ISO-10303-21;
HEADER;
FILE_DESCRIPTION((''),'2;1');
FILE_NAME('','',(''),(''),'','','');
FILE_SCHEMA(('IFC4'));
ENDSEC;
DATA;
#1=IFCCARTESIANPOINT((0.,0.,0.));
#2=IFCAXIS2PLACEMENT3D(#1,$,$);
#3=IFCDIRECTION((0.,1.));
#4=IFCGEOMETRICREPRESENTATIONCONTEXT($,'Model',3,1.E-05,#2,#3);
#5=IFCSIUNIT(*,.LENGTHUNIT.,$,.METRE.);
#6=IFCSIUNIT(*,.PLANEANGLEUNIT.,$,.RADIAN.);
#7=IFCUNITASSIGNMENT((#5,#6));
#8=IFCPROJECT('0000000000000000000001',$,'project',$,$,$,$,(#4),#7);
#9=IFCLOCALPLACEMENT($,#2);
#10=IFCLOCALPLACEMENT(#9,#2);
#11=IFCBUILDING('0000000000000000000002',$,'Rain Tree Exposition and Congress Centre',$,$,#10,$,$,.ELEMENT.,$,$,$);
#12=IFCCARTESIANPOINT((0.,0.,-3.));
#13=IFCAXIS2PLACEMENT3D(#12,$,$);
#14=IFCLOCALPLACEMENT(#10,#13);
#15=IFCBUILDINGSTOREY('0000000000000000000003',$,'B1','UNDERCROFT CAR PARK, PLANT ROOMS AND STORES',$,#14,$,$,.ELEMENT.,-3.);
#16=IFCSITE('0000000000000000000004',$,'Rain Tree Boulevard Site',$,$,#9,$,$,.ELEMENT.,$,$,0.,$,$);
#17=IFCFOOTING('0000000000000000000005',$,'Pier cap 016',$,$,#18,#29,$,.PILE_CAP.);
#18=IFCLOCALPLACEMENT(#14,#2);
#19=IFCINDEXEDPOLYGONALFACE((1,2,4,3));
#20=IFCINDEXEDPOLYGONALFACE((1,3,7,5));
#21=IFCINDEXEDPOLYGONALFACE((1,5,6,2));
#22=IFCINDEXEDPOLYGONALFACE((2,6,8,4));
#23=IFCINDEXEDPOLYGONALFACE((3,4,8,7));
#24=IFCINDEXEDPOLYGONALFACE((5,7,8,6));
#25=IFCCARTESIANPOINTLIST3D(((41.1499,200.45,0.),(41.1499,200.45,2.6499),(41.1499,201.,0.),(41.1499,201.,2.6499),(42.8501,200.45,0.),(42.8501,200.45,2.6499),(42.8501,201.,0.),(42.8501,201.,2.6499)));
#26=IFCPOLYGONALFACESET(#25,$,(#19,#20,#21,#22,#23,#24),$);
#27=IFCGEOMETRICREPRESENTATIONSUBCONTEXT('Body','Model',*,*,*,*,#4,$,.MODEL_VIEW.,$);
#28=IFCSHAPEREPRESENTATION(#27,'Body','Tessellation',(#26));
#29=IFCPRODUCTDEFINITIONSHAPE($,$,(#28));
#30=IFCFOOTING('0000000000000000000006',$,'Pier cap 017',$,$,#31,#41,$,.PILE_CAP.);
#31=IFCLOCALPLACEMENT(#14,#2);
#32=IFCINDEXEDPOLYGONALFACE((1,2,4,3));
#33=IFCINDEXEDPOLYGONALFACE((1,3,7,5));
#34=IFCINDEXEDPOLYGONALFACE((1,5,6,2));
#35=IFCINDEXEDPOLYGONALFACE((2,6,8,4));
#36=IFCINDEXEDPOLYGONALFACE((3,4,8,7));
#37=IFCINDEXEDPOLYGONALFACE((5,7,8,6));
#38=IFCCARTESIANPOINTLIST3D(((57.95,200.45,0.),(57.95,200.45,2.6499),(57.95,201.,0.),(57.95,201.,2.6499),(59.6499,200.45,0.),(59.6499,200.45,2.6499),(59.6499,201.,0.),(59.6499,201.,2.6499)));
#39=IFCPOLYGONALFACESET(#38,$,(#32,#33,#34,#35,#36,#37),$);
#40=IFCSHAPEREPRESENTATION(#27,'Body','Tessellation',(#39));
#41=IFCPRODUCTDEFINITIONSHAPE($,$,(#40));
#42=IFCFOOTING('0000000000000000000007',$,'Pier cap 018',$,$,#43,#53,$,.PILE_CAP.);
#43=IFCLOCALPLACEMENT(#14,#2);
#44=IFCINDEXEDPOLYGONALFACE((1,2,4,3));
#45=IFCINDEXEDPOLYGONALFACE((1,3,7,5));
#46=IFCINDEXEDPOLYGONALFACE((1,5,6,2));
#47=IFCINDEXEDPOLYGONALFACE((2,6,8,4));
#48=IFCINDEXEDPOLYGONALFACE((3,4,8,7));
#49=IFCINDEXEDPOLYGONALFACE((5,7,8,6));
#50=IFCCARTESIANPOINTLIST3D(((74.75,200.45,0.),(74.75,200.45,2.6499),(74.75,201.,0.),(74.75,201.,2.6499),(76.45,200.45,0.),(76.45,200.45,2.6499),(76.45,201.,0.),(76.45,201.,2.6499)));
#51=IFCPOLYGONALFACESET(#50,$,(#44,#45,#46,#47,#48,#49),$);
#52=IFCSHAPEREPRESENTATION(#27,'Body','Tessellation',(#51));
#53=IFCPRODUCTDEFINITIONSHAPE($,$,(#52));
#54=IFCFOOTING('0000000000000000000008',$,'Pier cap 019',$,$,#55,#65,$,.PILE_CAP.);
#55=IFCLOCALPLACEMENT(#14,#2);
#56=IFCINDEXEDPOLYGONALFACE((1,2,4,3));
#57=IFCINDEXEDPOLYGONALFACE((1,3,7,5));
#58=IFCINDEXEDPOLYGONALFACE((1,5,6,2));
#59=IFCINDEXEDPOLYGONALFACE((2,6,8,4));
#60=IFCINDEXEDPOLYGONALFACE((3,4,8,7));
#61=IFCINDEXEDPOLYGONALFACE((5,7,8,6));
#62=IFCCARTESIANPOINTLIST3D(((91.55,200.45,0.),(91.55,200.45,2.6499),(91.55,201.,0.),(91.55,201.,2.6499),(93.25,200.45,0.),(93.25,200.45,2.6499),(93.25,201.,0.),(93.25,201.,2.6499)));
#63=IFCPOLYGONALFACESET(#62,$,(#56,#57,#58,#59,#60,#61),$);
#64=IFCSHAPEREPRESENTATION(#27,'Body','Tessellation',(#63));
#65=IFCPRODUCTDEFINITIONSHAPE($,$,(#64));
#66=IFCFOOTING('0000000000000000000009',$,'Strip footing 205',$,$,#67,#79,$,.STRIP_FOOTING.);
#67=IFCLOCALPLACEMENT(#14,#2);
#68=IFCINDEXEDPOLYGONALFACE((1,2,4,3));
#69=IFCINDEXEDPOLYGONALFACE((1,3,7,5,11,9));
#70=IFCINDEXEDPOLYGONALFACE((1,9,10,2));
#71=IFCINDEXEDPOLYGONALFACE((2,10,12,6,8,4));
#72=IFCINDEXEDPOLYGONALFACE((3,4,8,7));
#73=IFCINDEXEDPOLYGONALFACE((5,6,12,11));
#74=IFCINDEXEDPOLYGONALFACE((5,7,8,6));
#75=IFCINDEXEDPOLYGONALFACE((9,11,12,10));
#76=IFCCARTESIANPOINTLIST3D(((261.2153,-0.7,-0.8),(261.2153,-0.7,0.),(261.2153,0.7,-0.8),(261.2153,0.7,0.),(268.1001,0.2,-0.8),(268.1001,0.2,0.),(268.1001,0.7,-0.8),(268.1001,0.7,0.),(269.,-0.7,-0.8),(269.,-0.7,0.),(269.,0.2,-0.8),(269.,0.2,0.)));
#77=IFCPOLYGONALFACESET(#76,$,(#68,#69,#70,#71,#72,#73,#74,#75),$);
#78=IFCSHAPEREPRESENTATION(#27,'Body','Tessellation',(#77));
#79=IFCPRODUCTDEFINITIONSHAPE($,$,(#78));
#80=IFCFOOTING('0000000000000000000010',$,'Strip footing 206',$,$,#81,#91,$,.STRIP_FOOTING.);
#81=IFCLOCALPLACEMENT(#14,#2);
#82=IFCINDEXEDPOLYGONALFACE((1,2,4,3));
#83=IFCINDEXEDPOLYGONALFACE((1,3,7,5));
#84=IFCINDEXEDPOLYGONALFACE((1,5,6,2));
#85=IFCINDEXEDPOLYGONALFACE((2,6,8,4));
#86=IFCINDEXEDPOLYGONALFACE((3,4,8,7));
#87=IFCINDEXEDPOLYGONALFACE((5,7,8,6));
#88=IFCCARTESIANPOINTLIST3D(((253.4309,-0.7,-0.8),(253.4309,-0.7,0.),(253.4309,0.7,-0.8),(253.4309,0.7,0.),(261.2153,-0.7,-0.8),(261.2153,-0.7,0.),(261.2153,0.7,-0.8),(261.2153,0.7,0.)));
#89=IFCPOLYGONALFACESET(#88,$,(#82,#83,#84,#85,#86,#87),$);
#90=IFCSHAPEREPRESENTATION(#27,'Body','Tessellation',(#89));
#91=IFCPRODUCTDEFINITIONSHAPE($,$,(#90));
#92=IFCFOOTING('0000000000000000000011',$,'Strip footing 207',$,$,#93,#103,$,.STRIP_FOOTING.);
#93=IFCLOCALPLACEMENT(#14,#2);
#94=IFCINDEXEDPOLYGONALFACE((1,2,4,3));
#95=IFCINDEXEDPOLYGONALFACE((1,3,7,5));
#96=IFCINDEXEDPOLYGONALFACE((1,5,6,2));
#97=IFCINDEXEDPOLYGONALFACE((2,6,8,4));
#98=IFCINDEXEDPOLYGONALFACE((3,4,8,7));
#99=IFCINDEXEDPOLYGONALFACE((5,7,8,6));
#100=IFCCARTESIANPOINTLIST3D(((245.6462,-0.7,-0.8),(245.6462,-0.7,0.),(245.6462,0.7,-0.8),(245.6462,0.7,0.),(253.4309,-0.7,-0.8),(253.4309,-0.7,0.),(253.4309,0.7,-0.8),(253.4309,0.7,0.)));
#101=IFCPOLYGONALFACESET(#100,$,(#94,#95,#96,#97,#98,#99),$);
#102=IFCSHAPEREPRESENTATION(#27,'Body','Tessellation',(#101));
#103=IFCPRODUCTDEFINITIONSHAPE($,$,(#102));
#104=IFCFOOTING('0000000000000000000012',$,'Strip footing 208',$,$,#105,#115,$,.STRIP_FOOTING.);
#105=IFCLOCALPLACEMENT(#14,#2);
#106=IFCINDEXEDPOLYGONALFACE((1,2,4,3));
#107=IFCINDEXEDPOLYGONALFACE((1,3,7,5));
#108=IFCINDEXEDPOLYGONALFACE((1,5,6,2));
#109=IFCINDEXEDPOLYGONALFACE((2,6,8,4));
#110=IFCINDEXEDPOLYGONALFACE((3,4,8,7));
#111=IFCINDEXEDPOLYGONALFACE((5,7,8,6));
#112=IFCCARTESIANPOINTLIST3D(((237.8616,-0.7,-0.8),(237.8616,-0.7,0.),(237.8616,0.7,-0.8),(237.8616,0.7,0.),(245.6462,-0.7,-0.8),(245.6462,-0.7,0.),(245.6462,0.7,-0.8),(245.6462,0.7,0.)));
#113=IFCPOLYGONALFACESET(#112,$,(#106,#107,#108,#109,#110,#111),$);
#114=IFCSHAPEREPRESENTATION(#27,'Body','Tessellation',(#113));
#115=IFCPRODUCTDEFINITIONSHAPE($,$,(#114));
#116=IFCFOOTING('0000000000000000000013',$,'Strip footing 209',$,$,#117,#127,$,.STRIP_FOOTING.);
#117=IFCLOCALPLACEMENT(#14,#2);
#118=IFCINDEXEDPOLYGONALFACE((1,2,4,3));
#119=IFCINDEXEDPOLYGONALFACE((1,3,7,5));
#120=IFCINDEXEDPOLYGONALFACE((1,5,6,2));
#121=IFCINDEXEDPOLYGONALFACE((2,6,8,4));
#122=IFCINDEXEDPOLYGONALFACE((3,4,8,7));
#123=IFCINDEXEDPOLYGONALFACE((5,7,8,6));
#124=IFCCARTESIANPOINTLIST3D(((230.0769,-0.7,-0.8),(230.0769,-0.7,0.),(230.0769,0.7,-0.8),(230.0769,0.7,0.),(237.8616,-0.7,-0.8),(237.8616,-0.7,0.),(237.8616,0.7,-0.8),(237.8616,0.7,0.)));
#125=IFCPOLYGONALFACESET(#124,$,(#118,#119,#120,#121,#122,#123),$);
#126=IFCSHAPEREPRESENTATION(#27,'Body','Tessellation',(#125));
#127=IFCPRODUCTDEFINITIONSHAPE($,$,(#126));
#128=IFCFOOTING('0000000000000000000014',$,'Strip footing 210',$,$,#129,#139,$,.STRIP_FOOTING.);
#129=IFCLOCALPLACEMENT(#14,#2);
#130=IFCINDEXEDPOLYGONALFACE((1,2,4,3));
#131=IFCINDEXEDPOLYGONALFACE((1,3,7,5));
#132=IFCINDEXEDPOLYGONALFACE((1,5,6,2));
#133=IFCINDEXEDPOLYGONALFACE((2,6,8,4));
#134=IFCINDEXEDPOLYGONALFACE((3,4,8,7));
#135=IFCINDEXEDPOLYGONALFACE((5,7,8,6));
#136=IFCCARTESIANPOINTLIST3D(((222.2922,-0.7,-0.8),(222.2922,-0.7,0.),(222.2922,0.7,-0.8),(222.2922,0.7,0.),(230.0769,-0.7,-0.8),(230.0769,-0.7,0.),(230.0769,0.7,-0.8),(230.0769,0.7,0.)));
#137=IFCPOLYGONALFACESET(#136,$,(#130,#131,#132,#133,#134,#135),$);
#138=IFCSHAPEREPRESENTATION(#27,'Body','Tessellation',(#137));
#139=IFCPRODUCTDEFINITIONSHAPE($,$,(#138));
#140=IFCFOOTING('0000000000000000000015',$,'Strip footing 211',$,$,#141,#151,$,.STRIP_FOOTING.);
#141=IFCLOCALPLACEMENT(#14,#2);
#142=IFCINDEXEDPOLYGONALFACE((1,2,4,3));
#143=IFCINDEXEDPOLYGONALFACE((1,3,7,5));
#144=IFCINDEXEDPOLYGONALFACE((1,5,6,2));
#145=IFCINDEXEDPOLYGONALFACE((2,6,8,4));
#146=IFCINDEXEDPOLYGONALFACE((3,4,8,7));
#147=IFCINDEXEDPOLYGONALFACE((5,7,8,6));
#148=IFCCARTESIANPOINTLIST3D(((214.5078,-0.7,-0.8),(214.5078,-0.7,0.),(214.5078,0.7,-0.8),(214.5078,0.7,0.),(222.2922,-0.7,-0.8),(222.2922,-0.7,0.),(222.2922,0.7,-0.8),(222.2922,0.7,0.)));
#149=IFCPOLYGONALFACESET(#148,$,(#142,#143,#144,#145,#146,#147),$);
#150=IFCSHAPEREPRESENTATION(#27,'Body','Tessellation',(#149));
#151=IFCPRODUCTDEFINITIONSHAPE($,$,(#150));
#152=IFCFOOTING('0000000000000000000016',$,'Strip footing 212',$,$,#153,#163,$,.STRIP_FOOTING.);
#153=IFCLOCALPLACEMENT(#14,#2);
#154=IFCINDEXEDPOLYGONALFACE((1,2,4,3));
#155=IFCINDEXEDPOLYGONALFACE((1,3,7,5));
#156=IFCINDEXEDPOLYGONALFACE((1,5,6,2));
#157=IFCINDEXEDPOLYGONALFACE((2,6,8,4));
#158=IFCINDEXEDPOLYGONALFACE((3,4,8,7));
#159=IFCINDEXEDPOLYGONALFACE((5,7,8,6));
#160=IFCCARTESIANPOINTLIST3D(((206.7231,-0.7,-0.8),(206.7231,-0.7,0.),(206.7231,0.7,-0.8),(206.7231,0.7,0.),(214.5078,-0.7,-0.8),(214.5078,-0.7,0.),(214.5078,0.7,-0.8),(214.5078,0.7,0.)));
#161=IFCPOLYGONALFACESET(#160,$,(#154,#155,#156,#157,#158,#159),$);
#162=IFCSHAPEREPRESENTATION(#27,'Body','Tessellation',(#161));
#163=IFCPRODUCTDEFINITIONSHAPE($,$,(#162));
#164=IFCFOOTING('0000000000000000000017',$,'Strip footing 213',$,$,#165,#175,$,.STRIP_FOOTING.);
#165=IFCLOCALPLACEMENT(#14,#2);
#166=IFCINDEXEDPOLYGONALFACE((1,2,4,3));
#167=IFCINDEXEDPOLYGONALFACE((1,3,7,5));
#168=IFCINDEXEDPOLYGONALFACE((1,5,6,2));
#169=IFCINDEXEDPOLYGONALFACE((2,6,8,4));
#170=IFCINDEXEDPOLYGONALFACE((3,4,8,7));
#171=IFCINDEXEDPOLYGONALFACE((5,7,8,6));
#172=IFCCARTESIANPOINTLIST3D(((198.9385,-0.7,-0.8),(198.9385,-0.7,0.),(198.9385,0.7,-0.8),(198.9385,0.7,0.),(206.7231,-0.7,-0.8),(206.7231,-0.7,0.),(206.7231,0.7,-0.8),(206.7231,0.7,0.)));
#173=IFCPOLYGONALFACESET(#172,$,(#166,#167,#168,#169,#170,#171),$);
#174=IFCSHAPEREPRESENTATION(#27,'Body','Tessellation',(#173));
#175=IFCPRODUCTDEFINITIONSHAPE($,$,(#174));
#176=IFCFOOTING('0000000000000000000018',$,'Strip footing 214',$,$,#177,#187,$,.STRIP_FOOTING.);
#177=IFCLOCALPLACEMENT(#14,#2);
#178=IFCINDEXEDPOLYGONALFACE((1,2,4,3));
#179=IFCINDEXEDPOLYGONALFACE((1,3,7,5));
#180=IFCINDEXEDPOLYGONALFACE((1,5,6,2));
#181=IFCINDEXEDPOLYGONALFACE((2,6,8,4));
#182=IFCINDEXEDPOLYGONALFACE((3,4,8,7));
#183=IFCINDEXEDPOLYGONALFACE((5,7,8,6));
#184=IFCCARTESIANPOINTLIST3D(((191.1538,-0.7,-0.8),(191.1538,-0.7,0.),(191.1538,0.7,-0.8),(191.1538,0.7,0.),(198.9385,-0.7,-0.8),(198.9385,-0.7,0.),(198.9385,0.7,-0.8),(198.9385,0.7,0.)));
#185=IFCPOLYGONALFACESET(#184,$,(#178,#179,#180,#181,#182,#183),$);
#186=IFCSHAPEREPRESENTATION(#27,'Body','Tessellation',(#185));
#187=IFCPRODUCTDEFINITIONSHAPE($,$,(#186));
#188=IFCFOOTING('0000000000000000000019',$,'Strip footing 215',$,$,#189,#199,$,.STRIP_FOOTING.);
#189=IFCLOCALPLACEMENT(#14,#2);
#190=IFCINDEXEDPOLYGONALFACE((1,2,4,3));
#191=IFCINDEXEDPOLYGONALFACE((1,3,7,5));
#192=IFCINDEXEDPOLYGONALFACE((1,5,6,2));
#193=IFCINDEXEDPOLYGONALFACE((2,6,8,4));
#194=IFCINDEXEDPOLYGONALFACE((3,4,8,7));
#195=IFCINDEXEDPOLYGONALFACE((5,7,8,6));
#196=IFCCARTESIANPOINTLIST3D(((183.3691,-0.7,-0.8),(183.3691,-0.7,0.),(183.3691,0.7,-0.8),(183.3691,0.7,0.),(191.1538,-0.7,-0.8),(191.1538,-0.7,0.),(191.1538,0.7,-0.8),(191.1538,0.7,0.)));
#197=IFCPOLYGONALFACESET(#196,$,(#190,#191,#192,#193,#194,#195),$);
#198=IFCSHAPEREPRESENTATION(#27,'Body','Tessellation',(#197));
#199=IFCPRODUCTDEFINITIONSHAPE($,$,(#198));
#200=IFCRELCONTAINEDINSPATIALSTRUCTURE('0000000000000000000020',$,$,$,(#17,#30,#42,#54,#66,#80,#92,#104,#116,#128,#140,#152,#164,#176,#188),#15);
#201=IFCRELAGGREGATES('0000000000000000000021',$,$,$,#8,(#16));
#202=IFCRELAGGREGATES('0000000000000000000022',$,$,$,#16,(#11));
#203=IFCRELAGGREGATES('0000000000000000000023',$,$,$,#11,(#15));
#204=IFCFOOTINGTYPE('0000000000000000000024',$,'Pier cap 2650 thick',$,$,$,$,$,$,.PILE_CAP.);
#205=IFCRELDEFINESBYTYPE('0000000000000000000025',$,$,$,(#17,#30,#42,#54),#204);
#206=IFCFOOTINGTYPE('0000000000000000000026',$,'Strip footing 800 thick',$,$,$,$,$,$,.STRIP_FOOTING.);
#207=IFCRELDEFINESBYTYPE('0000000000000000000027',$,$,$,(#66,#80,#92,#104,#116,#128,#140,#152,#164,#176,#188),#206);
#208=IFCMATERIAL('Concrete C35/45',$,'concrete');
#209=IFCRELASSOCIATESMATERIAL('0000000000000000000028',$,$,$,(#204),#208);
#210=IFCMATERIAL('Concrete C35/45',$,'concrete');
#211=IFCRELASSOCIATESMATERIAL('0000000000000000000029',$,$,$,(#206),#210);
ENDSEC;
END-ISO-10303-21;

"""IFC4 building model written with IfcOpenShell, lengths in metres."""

from ifc_helpers import new_model, si_unit, direction, frame, origin, place, context, subcontext, project, spatial, polyline, outline, extrude, material, type_object, element, save


model = new_model("IFC4")

# Units and contexts
model_context = context("Model", 3, precision=1e-05, world=origin(), true_north=direction((0.0, 1.0)))
body_context = subcontext(model_context, "Body", "Model", "MODEL_VIEW")
ifc_project = project(units=[si_unit("LENGTHUNIT", "METRE"), si_unit("PLANEANGLEUNIT", "RADIAN")], contexts=[model_context])

# Site, building, storey
site_placement = place(None, origin())
site = spatial("IfcSite", under=ifc_project, at=site_placement, Name="Rain Tree Boulevard Site", CompositionType="ELEMENT", RefElevation=0.0)
building_placement = place(site_placement, origin())
building = spatial("IfcBuilding", under=site, at=building_placement, Name="Rain Tree Exposition and Congress Centre", CompositionType="ELEMENT")
storey_placement = place(building_placement, frame((0.0, 0.0, -3.0)))
storey = spatial("IfcBuildingStorey", under=building, at=storey_placement, Name="B1", Description="UNDERCROFT CAR PARK, PLANT ROOMS AND STORES", CompositionType="ELEMENT", Elevation=-3.0)

# Footings
ifc_material_1 = material(Name="Concrete C35/45", Category="concrete")
footing_type_1 = type_object("IfcFootingType", Name="Pier cap 2650 thick", PredefinedType="PILE_CAP", material=ifc_material_1)
footing_1_placement = place(storey_placement, origin())
element("IfcFooting", 1, at=footing_1_placement, inside=storey, type_object=footing_type_1, Name="Pier cap 016", PredefinedType="PILE_CAP", context=body_context, shape_type="SweptSolid", body=[
    extrude(outline(polyline([(41.1499, 201.0), (41.1499, 200.45), (42.8501, 200.45), (42.8501, 201.0), (41.1499, 201.0)])), origin(), (0.0, 0.0, 1.0), 2.6499),
])
footing_2_placement = place(storey_placement, origin())
element("IfcFooting", 2, at=footing_2_placement, inside=storey, type_object=footing_type_1, Name="Pier cap 017", PredefinedType="PILE_CAP", context=body_context, shape_type="SweptSolid", body=[
    extrude(outline(polyline([(57.95, 201.0), (57.95, 200.45), (59.6499, 200.45), (59.6499, 201.0), (57.95, 201.0)])), origin(), (0.0, 0.0, 1.0), 2.6499),
])
footing_3_placement = place(storey_placement, origin())
element("IfcFooting", 3, at=footing_3_placement, inside=storey, type_object=footing_type_1, Name="Pier cap 018", PredefinedType="PILE_CAP", context=body_context, shape_type="SweptSolid", body=[
    extrude(outline(polyline([(74.75, 201.0), (74.75, 200.45), (76.45, 200.45), (76.45, 201.0), (74.75, 201.0)])), origin(), (0.0, 0.0, 1.0), 2.6499),
])
footing_4_placement = place(storey_placement, origin())
element("IfcFooting", 4, at=footing_4_placement, inside=storey, type_object=footing_type_1, Name="Pier cap 019", PredefinedType="PILE_CAP", context=body_context, shape_type="SweptSolid", body=[
    extrude(outline(polyline([(91.55, 201.0), (91.55, 200.45), (93.25, 200.45), (93.25, 201.0), (91.55, 201.0)])), origin(), (0.0, 0.0, 1.0), 2.6499),
])
ifc_material_2 = material(Name="Concrete C35/45", Category="concrete")
footing_type_2 = type_object("IfcFootingType", Name="Strip footing 800 thick", PredefinedType="STRIP_FOOTING", material=ifc_material_2)
footing_5_placement = place(storey_placement, frame((0.0, 0.0, -0.8)))
element("IfcFooting", 5, at=footing_5_placement, inside=storey, type_object=footing_type_2, Name="Strip footing 205", PredefinedType="STRIP_FOOTING", context=body_context, shape_type="SweptSolid", body=[
    extrude(outline(polyline([(268.1001, 0.7), (261.2153, 0.7), (261.2153, -0.7), (269.0, -0.7), (269.0, 0.2), (268.1001, 0.2), (268.1001, 0.7)])), origin(), (0.0, 0.0, 1.0), 0.8),
])
footing_6_placement = place(storey_placement, frame((0.0, 0.0, -0.8)))
element("IfcFooting", 6, at=footing_6_placement, inside=storey, type_object=footing_type_2, Name="Strip footing 206", PredefinedType="STRIP_FOOTING", context=body_context, shape_type="SweptSolid", body=[
    extrude(outline(polyline([(261.2153, 0.7), (253.4309, 0.7), (253.4309, -0.7), (261.2153, -0.7), (261.2153, 0.7)])), origin(), (0.0, 0.0, 1.0), 0.8),
])
footing_7_placement = place(storey_placement, frame((0.0, 0.0, -0.8)))
element("IfcFooting", 7, at=footing_7_placement, inside=storey, type_object=footing_type_2, Name="Strip footing 207", PredefinedType="STRIP_FOOTING", context=body_context, shape_type="SweptSolid", body=[
    extrude(outline(polyline([(253.4309, 0.7), (245.6462, 0.7), (245.6462, -0.7), (253.4309, -0.7), (253.4309, 0.7)])), origin(), (0.0, 0.0, 1.0), 0.8),
])
footing_8_placement = place(storey_placement, frame((0.0, 0.0, -0.8)))
element("IfcFooting", 8, at=footing_8_placement, inside=storey, type_object=footing_type_2, Name="Strip footing 208", PredefinedType="STRIP_FOOTING", context=body_context, shape_type="SweptSolid", body=[
    extrude(outline(polyline([(245.6462, 0.7), (237.8616, 0.7), (237.8616, -0.7), (245.6462, -0.7), (245.6462, 0.7)])), origin(), (0.0, 0.0, 1.0), 0.8),
])
footing_9_placement = place(storey_placement, frame((0.0, 0.0, -0.8)))
element("IfcFooting", 9, at=footing_9_placement, inside=storey, type_object=footing_type_2, Name="Strip footing 209", PredefinedType="STRIP_FOOTING", context=body_context, shape_type="SweptSolid", body=[
    extrude(outline(polyline([(237.8616, 0.7), (230.0769, 0.7), (230.0769, -0.7), (237.8616, -0.7), (237.8616, 0.7)])), origin(), (0.0, 0.0, 1.0), 0.8),
])
footing_10_placement = place(storey_placement, frame((0.0, 0.0, -0.8)))
element("IfcFooting", 10, at=footing_10_placement, inside=storey, type_object=footing_type_2, Name="Strip footing 210", PredefinedType="STRIP_FOOTING", context=body_context, shape_type="SweptSolid", body=[
    extrude(outline(polyline([(230.0769, 0.7), (222.2922, 0.7), (222.2922, -0.7), (230.0769, -0.7), (230.0769, 0.7)])), origin(), (0.0, 0.0, 1.0), 0.8),
])
footing_11_placement = place(storey_placement, frame((0.0, 0.0, -0.8)))
element("IfcFooting", 11, at=footing_11_placement, inside=storey, type_object=footing_type_2, Name="Strip footing 211", PredefinedType="STRIP_FOOTING", context=body_context, shape_type="SweptSolid", body=[
    extrude(outline(polyline([(222.2922, 0.7), (214.5078, 0.7), (214.5078, -0.7), (222.2922, -0.7), (222.2922, 0.7)])), origin(), (0.0, 0.0, 1.0), 0.8),
])
footing_12_placement = place(storey_placement, frame((0.0, 0.0, -0.8)))
element("IfcFooting", 12, at=footing_12_placement, inside=storey, type_object=footing_type_2, Name="Strip footing 212", PredefinedType="STRIP_FOOTING", context=body_context, shape_type="SweptSolid", body=[
    extrude(outline(polyline([(214.5078, 0.7), (206.7231, 0.7), (206.7231, -0.7), (214.5078, -0.7), (214.5078, 0.7)])), origin(), (0.0, 0.0, 1.0), 0.8),
])
footing_13_placement = place(storey_placement, frame((0.0, 0.0, -0.8)))
element("IfcFooting", 13, at=footing_13_placement, inside=storey, type_object=footing_type_2, Name="Strip footing 213", PredefinedType="STRIP_FOOTING", context=body_context, shape_type="SweptSolid", body=[
    extrude(outline(polyline([(206.7231, 0.7), (198.9385, 0.7), (198.9385, -0.7), (206.7231, -0.7), (206.7231, 0.7)])), origin(), (0.0, 0.0, 1.0), 0.8),
])
footing_14_placement = place(storey_placement, frame((0.0, 0.0, -0.8)))
element("IfcFooting", 14, at=footing_14_placement, inside=storey, type_object=footing_type_2, Name="Strip footing 214", PredefinedType="STRIP_FOOTING", context=body_context, shape_type="SweptSolid", body=[
    extrude(outline(polyline([(198.9385, 0.7), (191.1538, 0.7), (191.1538, -0.7), (198.9385, -0.7), (198.9385, 0.7)])), origin(), (0.0, 0.0, 1.0), 0.8),
])
footing_15_placement = place(storey_placement, frame((0.0, 0.0, -0.8)))
element("IfcFooting", 15, at=footing_15_placement, inside=storey, type_object=footing_type_2, Name="Strip footing 215", PredefinedType="STRIP_FOOTING", context=body_context, shape_type="SweptSolid", body=[
    extrude(outline(polyline([(191.1538, 0.7), (183.3691, 0.7), (183.3691, -0.7), (191.1538, -0.7), (191.1538, 0.7)])), origin(), (0.0, 0.0, 1.0), 0.8),
])

save(model, "model.ifc")
